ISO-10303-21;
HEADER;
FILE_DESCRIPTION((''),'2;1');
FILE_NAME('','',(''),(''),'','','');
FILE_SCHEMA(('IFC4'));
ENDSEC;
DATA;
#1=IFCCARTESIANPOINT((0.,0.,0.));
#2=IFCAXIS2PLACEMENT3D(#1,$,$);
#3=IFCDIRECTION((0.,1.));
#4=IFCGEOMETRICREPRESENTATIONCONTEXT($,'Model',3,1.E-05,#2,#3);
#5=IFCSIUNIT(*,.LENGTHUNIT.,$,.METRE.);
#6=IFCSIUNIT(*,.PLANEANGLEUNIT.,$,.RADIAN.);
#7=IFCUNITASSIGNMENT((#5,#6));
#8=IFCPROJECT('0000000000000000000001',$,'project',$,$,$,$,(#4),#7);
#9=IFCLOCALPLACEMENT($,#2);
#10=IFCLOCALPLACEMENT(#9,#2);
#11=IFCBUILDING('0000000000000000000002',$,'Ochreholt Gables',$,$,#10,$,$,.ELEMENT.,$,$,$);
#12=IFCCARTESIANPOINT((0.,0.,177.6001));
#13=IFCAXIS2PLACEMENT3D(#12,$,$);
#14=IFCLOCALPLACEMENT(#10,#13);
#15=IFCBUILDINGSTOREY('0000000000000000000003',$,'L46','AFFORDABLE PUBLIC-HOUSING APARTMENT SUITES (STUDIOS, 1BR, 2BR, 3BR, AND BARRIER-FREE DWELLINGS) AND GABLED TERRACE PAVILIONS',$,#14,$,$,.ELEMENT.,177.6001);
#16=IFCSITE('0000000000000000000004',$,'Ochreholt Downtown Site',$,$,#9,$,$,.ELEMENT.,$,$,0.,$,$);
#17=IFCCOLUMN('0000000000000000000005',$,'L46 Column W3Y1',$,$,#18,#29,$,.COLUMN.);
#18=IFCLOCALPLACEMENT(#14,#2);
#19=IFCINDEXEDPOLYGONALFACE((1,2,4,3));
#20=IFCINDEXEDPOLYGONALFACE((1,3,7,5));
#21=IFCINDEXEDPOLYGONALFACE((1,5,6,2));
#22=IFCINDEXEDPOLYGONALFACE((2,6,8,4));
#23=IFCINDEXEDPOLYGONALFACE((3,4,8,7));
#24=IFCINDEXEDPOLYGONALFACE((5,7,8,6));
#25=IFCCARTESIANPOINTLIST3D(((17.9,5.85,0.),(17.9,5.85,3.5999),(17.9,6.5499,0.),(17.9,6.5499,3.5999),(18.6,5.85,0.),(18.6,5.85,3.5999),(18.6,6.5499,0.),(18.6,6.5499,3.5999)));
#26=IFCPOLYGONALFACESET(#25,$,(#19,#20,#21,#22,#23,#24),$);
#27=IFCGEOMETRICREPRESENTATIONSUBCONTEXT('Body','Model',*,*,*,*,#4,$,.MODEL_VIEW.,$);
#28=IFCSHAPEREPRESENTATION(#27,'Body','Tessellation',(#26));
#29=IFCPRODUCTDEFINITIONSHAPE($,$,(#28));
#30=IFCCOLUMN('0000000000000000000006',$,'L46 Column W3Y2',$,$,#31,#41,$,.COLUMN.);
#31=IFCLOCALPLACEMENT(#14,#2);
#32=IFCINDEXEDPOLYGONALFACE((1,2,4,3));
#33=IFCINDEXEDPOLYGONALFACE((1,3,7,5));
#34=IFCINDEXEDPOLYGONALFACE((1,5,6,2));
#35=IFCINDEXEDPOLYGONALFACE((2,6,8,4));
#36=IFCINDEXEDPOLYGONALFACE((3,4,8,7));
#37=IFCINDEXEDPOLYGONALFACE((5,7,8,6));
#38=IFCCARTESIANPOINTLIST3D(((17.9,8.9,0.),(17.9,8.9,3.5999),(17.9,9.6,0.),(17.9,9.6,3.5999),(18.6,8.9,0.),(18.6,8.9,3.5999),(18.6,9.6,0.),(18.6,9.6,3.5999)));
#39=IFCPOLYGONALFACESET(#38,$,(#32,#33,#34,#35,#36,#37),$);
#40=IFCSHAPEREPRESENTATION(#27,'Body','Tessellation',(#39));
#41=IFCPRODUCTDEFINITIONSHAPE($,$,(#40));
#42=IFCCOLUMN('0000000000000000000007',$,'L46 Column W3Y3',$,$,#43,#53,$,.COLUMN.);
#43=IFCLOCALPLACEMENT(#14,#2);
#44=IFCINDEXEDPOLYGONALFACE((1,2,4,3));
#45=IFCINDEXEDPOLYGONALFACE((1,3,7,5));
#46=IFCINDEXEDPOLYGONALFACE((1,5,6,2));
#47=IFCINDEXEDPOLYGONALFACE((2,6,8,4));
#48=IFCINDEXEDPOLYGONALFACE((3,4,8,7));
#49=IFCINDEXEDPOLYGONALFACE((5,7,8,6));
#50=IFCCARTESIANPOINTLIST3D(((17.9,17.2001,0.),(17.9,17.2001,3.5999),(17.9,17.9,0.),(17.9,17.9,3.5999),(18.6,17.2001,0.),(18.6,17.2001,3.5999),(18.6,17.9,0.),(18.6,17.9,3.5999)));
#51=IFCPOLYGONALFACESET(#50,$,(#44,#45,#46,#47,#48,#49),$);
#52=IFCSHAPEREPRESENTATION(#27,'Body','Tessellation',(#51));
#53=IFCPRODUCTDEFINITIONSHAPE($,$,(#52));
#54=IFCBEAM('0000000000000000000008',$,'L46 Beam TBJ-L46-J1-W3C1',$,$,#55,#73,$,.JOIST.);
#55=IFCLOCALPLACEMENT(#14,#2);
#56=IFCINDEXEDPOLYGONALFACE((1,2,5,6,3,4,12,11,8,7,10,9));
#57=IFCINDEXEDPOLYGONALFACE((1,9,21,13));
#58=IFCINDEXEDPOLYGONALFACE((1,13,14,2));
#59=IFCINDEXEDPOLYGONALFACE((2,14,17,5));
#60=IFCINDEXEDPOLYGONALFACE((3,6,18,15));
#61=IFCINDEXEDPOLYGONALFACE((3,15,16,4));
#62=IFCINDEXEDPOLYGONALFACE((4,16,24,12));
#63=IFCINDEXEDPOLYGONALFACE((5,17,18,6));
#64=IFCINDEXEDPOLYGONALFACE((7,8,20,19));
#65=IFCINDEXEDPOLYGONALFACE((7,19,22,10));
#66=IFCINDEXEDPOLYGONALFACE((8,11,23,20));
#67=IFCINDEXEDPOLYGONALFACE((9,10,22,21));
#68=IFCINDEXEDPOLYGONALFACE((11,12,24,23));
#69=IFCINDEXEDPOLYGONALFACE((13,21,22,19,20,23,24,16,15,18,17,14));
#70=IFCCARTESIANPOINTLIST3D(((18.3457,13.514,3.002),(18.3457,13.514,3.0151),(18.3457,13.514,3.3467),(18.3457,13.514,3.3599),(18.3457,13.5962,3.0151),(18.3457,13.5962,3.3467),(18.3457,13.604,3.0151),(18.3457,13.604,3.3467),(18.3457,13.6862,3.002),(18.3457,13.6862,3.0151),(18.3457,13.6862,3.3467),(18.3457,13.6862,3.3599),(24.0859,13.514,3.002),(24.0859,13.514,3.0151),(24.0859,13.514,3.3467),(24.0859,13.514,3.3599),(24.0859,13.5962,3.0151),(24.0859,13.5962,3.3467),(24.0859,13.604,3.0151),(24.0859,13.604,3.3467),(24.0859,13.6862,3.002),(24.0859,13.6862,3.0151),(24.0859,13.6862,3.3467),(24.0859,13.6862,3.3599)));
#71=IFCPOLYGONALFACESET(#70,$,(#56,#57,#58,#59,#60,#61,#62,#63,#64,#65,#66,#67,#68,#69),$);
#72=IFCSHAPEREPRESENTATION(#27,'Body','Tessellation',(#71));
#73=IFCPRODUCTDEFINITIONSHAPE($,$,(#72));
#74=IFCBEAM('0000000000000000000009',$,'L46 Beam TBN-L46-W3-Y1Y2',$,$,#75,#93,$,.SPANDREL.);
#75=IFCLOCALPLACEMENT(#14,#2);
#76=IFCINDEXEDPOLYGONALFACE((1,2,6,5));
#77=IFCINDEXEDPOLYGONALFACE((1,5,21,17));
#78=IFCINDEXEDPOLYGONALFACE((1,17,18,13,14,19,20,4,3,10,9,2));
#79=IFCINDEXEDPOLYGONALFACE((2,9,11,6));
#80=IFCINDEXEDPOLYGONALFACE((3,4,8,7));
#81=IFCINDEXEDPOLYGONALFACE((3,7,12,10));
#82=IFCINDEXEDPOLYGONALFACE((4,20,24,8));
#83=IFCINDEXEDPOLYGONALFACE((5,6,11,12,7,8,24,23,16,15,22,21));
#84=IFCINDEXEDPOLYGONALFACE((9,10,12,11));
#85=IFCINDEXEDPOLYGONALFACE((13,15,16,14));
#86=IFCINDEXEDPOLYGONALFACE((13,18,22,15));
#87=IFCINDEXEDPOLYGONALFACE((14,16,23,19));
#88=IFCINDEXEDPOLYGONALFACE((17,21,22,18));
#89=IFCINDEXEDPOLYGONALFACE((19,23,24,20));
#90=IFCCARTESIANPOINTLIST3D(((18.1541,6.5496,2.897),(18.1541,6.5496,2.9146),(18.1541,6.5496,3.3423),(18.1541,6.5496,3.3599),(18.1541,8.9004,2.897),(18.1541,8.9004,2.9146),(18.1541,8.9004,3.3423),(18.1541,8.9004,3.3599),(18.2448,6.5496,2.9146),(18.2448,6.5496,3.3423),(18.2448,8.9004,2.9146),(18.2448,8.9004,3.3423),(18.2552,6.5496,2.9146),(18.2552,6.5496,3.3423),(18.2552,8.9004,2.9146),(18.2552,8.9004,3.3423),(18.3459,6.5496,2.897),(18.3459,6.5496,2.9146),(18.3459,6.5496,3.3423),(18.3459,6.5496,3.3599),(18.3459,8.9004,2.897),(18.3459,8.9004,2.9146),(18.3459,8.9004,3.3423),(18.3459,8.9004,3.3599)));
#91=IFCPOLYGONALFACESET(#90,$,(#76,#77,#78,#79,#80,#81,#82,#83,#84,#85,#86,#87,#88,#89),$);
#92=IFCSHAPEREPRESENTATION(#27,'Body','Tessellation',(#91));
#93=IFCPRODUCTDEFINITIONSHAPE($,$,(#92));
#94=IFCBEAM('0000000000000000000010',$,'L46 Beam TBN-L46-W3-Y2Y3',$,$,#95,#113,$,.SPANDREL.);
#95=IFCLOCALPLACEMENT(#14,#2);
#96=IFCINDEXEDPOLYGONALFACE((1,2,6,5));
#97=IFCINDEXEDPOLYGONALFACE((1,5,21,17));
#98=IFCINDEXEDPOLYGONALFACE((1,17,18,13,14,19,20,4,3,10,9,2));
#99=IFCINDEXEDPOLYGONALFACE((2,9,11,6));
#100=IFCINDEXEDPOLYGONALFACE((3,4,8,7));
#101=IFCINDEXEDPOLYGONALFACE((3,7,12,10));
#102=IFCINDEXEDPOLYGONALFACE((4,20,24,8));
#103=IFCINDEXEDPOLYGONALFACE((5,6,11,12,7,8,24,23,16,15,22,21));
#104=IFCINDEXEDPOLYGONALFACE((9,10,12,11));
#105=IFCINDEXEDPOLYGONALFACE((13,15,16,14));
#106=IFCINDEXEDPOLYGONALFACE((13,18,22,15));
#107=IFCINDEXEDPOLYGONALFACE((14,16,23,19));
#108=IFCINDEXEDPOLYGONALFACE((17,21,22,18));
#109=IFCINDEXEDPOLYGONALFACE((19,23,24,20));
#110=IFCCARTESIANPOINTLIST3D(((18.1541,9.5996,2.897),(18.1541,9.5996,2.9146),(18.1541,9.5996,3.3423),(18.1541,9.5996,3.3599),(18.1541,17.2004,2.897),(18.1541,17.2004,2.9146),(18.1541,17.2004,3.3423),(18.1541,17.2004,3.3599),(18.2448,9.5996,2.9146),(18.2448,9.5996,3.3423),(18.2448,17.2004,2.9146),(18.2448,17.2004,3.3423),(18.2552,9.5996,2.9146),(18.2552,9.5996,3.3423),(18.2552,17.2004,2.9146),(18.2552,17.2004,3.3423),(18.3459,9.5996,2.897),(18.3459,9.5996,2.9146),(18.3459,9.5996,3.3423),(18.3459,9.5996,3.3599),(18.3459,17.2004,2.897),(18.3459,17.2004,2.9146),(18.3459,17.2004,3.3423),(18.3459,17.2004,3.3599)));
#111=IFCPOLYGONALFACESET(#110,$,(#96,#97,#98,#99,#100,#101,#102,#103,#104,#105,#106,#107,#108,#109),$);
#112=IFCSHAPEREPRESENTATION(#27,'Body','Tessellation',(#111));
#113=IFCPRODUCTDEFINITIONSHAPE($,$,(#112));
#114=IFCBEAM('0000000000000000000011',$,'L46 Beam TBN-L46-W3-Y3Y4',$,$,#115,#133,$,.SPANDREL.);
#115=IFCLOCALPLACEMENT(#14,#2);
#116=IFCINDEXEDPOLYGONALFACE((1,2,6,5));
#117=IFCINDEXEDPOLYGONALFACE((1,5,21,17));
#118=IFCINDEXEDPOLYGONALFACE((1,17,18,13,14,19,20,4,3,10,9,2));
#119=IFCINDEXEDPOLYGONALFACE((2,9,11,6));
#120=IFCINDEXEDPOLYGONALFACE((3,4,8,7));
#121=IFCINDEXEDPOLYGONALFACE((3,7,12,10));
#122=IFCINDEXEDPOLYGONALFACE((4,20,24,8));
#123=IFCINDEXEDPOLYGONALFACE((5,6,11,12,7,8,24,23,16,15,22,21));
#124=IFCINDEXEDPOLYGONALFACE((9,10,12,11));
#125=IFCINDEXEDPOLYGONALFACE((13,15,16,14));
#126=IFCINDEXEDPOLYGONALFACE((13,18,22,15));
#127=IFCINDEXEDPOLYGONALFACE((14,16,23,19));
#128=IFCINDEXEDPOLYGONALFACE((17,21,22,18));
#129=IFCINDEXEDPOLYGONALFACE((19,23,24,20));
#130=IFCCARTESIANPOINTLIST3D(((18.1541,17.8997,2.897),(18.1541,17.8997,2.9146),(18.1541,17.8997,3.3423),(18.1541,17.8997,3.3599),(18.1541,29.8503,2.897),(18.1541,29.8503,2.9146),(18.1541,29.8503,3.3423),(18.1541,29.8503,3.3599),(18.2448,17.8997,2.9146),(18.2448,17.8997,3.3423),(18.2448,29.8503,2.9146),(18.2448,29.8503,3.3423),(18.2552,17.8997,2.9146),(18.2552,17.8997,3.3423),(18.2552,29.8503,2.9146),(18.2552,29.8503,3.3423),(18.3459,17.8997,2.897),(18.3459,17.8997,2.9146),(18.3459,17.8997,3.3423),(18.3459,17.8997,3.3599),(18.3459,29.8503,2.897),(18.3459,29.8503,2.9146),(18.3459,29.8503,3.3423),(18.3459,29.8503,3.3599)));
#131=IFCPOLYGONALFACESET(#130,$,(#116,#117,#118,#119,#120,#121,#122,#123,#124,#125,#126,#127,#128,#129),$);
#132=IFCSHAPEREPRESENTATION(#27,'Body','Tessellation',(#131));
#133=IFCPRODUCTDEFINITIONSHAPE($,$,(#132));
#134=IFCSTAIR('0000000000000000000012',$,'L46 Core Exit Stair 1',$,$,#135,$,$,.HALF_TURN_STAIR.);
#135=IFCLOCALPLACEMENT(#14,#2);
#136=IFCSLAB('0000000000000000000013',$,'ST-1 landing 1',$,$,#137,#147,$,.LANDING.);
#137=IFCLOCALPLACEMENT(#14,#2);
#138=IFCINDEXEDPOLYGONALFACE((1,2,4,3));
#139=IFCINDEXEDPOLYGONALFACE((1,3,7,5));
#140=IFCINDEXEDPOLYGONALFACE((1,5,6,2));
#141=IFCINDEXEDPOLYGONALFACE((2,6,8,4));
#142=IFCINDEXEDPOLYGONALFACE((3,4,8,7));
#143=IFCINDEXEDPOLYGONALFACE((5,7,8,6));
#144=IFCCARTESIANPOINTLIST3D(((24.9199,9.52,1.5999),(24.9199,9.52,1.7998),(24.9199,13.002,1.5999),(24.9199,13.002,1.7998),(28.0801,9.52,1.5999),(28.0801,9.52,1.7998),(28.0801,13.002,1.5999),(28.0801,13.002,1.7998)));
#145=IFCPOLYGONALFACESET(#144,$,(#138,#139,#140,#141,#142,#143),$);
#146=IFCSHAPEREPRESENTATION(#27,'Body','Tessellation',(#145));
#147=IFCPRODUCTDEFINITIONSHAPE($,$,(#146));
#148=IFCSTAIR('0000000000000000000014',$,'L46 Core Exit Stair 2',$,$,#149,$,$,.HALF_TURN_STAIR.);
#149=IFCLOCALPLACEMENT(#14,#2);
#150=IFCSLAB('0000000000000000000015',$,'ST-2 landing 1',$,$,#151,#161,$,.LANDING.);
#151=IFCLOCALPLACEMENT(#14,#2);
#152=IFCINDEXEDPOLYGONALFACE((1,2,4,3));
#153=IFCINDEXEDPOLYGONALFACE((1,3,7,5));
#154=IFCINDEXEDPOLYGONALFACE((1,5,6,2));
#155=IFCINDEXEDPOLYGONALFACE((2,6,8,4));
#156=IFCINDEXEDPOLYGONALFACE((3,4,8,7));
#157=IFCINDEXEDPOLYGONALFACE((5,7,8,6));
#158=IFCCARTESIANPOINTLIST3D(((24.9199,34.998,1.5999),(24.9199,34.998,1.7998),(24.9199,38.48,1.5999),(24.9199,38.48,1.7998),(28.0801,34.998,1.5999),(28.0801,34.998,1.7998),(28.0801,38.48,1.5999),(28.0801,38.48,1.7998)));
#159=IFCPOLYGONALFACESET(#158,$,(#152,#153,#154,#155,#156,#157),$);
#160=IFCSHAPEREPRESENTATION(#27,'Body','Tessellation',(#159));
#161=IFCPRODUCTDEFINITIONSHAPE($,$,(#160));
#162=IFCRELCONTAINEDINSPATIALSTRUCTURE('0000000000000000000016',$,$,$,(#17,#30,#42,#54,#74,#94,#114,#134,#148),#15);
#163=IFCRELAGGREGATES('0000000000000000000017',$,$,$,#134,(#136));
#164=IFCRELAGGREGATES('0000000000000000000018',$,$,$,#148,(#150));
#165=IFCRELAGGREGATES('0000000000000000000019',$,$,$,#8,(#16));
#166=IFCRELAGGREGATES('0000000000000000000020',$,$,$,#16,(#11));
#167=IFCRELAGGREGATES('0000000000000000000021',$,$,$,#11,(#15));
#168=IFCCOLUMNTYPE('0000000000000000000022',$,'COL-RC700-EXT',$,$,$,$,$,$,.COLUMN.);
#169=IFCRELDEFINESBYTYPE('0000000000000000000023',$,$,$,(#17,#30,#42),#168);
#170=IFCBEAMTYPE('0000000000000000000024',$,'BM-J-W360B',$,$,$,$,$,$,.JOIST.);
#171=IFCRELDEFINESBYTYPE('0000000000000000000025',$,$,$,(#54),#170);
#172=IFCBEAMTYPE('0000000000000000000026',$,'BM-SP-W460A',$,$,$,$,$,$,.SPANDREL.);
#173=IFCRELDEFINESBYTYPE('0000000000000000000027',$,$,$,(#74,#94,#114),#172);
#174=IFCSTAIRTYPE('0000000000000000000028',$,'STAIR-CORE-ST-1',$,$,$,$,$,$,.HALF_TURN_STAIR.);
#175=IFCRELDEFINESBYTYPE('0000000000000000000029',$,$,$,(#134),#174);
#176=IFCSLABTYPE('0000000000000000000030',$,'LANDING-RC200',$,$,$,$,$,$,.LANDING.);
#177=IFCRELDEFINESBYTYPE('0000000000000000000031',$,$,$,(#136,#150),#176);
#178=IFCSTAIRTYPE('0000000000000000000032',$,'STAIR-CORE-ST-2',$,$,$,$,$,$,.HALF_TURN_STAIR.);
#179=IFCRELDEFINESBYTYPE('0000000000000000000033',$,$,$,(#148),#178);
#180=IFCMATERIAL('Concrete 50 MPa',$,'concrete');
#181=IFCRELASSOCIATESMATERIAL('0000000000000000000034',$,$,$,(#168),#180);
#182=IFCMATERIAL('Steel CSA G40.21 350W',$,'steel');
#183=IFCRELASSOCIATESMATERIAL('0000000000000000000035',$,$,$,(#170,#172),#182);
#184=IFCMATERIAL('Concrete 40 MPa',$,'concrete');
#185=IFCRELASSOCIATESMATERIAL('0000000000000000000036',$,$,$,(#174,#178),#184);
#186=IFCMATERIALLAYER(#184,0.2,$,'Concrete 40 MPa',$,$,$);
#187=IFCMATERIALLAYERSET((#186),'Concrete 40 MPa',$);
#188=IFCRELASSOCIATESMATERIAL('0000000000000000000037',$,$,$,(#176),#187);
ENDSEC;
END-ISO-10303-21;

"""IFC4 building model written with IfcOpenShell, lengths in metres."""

from ifc_helpers import new_model, si_unit, direction, frame, origin, origin_2d, place, context, subcontext, project, spatial, polyline, rectangle, i_section, outline, extrude, material, layer, layer_set, material_profile, profile_set, type_object, element, aggregate, save


model = new_model("IFC4")

# Units and contexts
model_context = context("Model", 3, precision=1e-05, world=origin(), true_north=direction((0.0, 1.0)))
body_context = subcontext(model_context, "Body", "Model", "MODEL_VIEW")
ifc_project = project(units=[si_unit("LENGTHUNIT", "METRE"), si_unit("PLANEANGLEUNIT", "RADIAN")], contexts=[model_context])

# Site, building, storey
site_placement = place(None, origin())
site = spatial("IfcSite", under=ifc_project, at=site_placement, Name="Ochreholt Downtown Site", CompositionType="ELEMENT", RefElevation=0.0)
building_placement = place(site_placement, origin())
building = spatial("IfcBuilding", under=site, at=building_placement, Name="Ochreholt Gables", CompositionType="ELEMENT")
storey_placement = place(building_placement, frame((0.0, 0.0, 177.6001)))
storey = spatial("IfcBuildingStorey", under=building, at=storey_placement, Name="L46", Description="AFFORDABLE PUBLIC-HOUSING APARTMENT SUITES (STUDIOS, 1BR, 2BR, 3BR, AND BARRIER-FREE DWELLINGS) AND GABLED TERRACE PAVILIONS", CompositionType="ELEMENT", Elevation=177.6001)

# Columns
ifc_material_1 = material(Name="Concrete 50 MPa", Category="concrete")
ifc_material_profile_1 = material_profile(ifc_material_1, rectangle(XDim=0.7, YDim=0.7, at=origin_2d()), Name="RC700X700")
ifc_profile_set_1 = profile_set([ifc_material_profile_1], Name="Concrete 50 MPa")
column_type = type_object("IfcColumnType", Name="COL-RC700-EXT", PredefinedType="COLUMN", material=ifc_profile_set_1)
for number, where, z_axis, x_axis, name in (
    (1, (18.25, 6.2, 0.0), (0.0, 0.0, 1.0), (1.0, 0.0, 0.0), "L46 Column W3Y1"),
    (2, (18.25, 9.25, 0.0), (0.0, 0.0, 1.0), (1.0, 0.0, 0.0), "L46 Column W3Y2"),
    (3, (18.25, 17.55, 0.0), (0.0, 0.0, 1.0), (1.0, 0.0, 0.0), "L46 Column W3Y3"),
):
    element("IfcColumn", number, at=place(storey_placement, frame(where, z_axis=z_axis, x_axis=x_axis)), inside=storey, type_object=column_type, Name=name, PredefinedType="COLUMN", context=body_context, shape_type="SweptSolid", body=[
        extrude(rectangle(XDim=0.7, YDim=0.7, at=origin_2d()), origin(), (0.0, 0.0, 1.0), 3.5999),
    ])

# Beams
ifc_material_2 = material(Name="Steel CSA G40.21 350W", Category="steel")
ifc_material_profile_2 = material_profile(ifc_material_2, i_section(OverallWidth=0.1721, OverallDepth=0.3579, WebThickness=0.0078, FlangeThickness=0.0132, at=origin_2d()), Name="W360X57")
ifc_profile_set_2 = profile_set([ifc_material_profile_2], Name="Steel CSA G40.21 350W")
beam_type_1 = type_object("IfcBeamType", Name="BM-J-W360B", PredefinedType="JOIST", material=ifc_profile_set_2)
beam_1_placement = place(storey_placement, frame((18.3457, 13.6001, 3.1809), z_axis=(1.0, 0.0, 0.0), x_axis=(0.0, 1.0, 0.0)))
element("IfcBeam", 4, at=beam_1_placement, inside=storey, type_object=beam_type_1, Name="L46 Beam TBJ-L46-J1-W3C1", PredefinedType="JOIST", context=body_context, shape_type="SweptSolid", body=[
    extrude(i_section(OverallWidth=0.1721, OverallDepth=0.3579, WebThickness=0.0078, FlangeThickness=0.0132, at=origin_2d()), origin(), (0.0, 0.0, 1.0), 5.7402),
])
ifc_material_profile_3 = material_profile(ifc_material_2, i_section(OverallWidth=0.1919, OverallDepth=0.4629, WebThickness=0.0105, FlangeThickness=0.0176, at=origin_2d()), Name="W460X89")
ifc_profile_set_3 = profile_set([ifc_material_profile_3], Name="Steel CSA G40.21 350W")
beam_type_2 = type_object("IfcBeamType", Name="BM-SP-W460A", PredefinedType="SPANDREL", material=ifc_profile_set_3)
beam_2_placement = place(storey_placement, frame((18.25, 6.5496, 3.1284), z_axis=(0.0, 1.0, 0.0), x_axis=(-1.0, 0.0, 0.0)))
element("IfcBeam", 5, at=beam_2_placement, inside=storey, type_object=beam_type_2, Name="L46 Beam TBN-L46-W3-Y1Y2", PredefinedType="SPANDREL", context=body_context, shape_type="SweptSolid", body=[
    extrude(i_section(OverallWidth=0.1919, OverallDepth=0.4629, WebThickness=0.0105, FlangeThickness=0.0176, at=origin_2d()), origin(), (0.0, 0.0, 1.0), 2.3508),
])
beam_3_placement = place(storey_placement, frame((18.25, 9.5996, 3.1284), z_axis=(0.0, 1.0, 0.0), x_axis=(-1.0, 0.0, 0.0)))
element("IfcBeam", 6, at=beam_3_placement, inside=storey, type_object=beam_type_2, Name="L46 Beam TBN-L46-W3-Y2Y3", PredefinedType="SPANDREL", context=body_context, shape_type="SweptSolid", body=[
    extrude(i_section(OverallWidth=0.1919, OverallDepth=0.4629, WebThickness=0.0105, FlangeThickness=0.0176, at=origin_2d()), origin(), (0.0, 0.0, 1.0), 7.6008),
])
beam_4_placement = place(storey_placement, frame((18.25, 17.8997, 3.1284), z_axis=(0.0, 1.0, 0.0), x_axis=(-1.0, 0.0, 0.0)))
element("IfcBeam", 7, at=beam_4_placement, inside=storey, type_object=beam_type_2, Name="L46 Beam TBN-L46-W3-Y3Y4", PredefinedType="SPANDREL", context=body_context, shape_type="SweptSolid", body=[
    extrude(i_section(OverallWidth=0.1919, OverallDepth=0.4629, WebThickness=0.0105, FlangeThickness=0.0176, at=origin_2d()), origin(), (0.0, 0.0, 1.0), 11.9507),
])

# Stairs, slabs
ifc_material_3 = material(Name="Concrete 40 MPa", Category="concrete")
stair_type_1 = type_object("IfcStairType", Name="STAIR-CORE-ST-1", PredefinedType="HALF_TURN_STAIR", material=ifc_material_3)
stair_1_placement = place(storey_placement, origin())
stair_1 = element("IfcStair", 8, at=stair_1_placement, inside=storey, type_object=stair_type_1, Name="L46 Core Exit Stair 1", PredefinedType="HALF_TURN_STAIR")
ifc_layer_1 = layer(ifc_material_3, 0.2, Name="Concrete 40 MPa")
ifc_layer_set_1 = layer_set([ifc_layer_1], Name="Concrete 40 MPa")
slab_type_1 = type_object("IfcSlabType", Name="LANDING-RC200", PredefinedType="LANDING", material=ifc_layer_set_1)
slab_1_placement = place(storey_placement, frame((0.0, 0.0, 1.5999)))
slab_1 = element("IfcSlab", 9, at=slab_1_placement, type_object=slab_type_1, Name="ST-1 landing 1", PredefinedType="LANDING", context=body_context, shape_type="SweptSolid", body=[
    extrude(outline(polyline([(24.9199, 13.002), (24.9199, 9.52), (28.0801, 9.52), (28.0801, 13.002), (24.9199, 13.002)])), origin(), (0.0, 0.0, 1.0), 0.2),
])
aggregate(stair_1, [slab_1])
stair_type_2 = type_object("IfcStairType", Name="STAIR-CORE-ST-2", PredefinedType="HALF_TURN_STAIR", material=ifc_material_3)
stair_2_placement = place(storey_placement, origin())
stair_2 = element("IfcStair", 10, at=stair_2_placement, inside=storey, type_object=stair_type_2, Name="L46 Core Exit Stair 2", PredefinedType="HALF_TURN_STAIR")
slab_2_placement = place(storey_placement, frame((0.0, 0.0, 1.5999)))
slab_2 = element("IfcSlab", 11, at=slab_2_placement, type_object=slab_type_1, Name="ST-2 landing 1", PredefinedType="LANDING", context=body_context, shape_type="SweptSolid", body=[
    extrude(outline(polyline([(28.0801, 34.998), (28.0801, 38.48), (24.9199, 38.48), (24.9199, 34.998), (28.0801, 34.998)])), origin(), (0.0, 0.0, 1.0), 0.2),
])
aggregate(stair_2, [slab_2])

save(model, "model.ifc")
